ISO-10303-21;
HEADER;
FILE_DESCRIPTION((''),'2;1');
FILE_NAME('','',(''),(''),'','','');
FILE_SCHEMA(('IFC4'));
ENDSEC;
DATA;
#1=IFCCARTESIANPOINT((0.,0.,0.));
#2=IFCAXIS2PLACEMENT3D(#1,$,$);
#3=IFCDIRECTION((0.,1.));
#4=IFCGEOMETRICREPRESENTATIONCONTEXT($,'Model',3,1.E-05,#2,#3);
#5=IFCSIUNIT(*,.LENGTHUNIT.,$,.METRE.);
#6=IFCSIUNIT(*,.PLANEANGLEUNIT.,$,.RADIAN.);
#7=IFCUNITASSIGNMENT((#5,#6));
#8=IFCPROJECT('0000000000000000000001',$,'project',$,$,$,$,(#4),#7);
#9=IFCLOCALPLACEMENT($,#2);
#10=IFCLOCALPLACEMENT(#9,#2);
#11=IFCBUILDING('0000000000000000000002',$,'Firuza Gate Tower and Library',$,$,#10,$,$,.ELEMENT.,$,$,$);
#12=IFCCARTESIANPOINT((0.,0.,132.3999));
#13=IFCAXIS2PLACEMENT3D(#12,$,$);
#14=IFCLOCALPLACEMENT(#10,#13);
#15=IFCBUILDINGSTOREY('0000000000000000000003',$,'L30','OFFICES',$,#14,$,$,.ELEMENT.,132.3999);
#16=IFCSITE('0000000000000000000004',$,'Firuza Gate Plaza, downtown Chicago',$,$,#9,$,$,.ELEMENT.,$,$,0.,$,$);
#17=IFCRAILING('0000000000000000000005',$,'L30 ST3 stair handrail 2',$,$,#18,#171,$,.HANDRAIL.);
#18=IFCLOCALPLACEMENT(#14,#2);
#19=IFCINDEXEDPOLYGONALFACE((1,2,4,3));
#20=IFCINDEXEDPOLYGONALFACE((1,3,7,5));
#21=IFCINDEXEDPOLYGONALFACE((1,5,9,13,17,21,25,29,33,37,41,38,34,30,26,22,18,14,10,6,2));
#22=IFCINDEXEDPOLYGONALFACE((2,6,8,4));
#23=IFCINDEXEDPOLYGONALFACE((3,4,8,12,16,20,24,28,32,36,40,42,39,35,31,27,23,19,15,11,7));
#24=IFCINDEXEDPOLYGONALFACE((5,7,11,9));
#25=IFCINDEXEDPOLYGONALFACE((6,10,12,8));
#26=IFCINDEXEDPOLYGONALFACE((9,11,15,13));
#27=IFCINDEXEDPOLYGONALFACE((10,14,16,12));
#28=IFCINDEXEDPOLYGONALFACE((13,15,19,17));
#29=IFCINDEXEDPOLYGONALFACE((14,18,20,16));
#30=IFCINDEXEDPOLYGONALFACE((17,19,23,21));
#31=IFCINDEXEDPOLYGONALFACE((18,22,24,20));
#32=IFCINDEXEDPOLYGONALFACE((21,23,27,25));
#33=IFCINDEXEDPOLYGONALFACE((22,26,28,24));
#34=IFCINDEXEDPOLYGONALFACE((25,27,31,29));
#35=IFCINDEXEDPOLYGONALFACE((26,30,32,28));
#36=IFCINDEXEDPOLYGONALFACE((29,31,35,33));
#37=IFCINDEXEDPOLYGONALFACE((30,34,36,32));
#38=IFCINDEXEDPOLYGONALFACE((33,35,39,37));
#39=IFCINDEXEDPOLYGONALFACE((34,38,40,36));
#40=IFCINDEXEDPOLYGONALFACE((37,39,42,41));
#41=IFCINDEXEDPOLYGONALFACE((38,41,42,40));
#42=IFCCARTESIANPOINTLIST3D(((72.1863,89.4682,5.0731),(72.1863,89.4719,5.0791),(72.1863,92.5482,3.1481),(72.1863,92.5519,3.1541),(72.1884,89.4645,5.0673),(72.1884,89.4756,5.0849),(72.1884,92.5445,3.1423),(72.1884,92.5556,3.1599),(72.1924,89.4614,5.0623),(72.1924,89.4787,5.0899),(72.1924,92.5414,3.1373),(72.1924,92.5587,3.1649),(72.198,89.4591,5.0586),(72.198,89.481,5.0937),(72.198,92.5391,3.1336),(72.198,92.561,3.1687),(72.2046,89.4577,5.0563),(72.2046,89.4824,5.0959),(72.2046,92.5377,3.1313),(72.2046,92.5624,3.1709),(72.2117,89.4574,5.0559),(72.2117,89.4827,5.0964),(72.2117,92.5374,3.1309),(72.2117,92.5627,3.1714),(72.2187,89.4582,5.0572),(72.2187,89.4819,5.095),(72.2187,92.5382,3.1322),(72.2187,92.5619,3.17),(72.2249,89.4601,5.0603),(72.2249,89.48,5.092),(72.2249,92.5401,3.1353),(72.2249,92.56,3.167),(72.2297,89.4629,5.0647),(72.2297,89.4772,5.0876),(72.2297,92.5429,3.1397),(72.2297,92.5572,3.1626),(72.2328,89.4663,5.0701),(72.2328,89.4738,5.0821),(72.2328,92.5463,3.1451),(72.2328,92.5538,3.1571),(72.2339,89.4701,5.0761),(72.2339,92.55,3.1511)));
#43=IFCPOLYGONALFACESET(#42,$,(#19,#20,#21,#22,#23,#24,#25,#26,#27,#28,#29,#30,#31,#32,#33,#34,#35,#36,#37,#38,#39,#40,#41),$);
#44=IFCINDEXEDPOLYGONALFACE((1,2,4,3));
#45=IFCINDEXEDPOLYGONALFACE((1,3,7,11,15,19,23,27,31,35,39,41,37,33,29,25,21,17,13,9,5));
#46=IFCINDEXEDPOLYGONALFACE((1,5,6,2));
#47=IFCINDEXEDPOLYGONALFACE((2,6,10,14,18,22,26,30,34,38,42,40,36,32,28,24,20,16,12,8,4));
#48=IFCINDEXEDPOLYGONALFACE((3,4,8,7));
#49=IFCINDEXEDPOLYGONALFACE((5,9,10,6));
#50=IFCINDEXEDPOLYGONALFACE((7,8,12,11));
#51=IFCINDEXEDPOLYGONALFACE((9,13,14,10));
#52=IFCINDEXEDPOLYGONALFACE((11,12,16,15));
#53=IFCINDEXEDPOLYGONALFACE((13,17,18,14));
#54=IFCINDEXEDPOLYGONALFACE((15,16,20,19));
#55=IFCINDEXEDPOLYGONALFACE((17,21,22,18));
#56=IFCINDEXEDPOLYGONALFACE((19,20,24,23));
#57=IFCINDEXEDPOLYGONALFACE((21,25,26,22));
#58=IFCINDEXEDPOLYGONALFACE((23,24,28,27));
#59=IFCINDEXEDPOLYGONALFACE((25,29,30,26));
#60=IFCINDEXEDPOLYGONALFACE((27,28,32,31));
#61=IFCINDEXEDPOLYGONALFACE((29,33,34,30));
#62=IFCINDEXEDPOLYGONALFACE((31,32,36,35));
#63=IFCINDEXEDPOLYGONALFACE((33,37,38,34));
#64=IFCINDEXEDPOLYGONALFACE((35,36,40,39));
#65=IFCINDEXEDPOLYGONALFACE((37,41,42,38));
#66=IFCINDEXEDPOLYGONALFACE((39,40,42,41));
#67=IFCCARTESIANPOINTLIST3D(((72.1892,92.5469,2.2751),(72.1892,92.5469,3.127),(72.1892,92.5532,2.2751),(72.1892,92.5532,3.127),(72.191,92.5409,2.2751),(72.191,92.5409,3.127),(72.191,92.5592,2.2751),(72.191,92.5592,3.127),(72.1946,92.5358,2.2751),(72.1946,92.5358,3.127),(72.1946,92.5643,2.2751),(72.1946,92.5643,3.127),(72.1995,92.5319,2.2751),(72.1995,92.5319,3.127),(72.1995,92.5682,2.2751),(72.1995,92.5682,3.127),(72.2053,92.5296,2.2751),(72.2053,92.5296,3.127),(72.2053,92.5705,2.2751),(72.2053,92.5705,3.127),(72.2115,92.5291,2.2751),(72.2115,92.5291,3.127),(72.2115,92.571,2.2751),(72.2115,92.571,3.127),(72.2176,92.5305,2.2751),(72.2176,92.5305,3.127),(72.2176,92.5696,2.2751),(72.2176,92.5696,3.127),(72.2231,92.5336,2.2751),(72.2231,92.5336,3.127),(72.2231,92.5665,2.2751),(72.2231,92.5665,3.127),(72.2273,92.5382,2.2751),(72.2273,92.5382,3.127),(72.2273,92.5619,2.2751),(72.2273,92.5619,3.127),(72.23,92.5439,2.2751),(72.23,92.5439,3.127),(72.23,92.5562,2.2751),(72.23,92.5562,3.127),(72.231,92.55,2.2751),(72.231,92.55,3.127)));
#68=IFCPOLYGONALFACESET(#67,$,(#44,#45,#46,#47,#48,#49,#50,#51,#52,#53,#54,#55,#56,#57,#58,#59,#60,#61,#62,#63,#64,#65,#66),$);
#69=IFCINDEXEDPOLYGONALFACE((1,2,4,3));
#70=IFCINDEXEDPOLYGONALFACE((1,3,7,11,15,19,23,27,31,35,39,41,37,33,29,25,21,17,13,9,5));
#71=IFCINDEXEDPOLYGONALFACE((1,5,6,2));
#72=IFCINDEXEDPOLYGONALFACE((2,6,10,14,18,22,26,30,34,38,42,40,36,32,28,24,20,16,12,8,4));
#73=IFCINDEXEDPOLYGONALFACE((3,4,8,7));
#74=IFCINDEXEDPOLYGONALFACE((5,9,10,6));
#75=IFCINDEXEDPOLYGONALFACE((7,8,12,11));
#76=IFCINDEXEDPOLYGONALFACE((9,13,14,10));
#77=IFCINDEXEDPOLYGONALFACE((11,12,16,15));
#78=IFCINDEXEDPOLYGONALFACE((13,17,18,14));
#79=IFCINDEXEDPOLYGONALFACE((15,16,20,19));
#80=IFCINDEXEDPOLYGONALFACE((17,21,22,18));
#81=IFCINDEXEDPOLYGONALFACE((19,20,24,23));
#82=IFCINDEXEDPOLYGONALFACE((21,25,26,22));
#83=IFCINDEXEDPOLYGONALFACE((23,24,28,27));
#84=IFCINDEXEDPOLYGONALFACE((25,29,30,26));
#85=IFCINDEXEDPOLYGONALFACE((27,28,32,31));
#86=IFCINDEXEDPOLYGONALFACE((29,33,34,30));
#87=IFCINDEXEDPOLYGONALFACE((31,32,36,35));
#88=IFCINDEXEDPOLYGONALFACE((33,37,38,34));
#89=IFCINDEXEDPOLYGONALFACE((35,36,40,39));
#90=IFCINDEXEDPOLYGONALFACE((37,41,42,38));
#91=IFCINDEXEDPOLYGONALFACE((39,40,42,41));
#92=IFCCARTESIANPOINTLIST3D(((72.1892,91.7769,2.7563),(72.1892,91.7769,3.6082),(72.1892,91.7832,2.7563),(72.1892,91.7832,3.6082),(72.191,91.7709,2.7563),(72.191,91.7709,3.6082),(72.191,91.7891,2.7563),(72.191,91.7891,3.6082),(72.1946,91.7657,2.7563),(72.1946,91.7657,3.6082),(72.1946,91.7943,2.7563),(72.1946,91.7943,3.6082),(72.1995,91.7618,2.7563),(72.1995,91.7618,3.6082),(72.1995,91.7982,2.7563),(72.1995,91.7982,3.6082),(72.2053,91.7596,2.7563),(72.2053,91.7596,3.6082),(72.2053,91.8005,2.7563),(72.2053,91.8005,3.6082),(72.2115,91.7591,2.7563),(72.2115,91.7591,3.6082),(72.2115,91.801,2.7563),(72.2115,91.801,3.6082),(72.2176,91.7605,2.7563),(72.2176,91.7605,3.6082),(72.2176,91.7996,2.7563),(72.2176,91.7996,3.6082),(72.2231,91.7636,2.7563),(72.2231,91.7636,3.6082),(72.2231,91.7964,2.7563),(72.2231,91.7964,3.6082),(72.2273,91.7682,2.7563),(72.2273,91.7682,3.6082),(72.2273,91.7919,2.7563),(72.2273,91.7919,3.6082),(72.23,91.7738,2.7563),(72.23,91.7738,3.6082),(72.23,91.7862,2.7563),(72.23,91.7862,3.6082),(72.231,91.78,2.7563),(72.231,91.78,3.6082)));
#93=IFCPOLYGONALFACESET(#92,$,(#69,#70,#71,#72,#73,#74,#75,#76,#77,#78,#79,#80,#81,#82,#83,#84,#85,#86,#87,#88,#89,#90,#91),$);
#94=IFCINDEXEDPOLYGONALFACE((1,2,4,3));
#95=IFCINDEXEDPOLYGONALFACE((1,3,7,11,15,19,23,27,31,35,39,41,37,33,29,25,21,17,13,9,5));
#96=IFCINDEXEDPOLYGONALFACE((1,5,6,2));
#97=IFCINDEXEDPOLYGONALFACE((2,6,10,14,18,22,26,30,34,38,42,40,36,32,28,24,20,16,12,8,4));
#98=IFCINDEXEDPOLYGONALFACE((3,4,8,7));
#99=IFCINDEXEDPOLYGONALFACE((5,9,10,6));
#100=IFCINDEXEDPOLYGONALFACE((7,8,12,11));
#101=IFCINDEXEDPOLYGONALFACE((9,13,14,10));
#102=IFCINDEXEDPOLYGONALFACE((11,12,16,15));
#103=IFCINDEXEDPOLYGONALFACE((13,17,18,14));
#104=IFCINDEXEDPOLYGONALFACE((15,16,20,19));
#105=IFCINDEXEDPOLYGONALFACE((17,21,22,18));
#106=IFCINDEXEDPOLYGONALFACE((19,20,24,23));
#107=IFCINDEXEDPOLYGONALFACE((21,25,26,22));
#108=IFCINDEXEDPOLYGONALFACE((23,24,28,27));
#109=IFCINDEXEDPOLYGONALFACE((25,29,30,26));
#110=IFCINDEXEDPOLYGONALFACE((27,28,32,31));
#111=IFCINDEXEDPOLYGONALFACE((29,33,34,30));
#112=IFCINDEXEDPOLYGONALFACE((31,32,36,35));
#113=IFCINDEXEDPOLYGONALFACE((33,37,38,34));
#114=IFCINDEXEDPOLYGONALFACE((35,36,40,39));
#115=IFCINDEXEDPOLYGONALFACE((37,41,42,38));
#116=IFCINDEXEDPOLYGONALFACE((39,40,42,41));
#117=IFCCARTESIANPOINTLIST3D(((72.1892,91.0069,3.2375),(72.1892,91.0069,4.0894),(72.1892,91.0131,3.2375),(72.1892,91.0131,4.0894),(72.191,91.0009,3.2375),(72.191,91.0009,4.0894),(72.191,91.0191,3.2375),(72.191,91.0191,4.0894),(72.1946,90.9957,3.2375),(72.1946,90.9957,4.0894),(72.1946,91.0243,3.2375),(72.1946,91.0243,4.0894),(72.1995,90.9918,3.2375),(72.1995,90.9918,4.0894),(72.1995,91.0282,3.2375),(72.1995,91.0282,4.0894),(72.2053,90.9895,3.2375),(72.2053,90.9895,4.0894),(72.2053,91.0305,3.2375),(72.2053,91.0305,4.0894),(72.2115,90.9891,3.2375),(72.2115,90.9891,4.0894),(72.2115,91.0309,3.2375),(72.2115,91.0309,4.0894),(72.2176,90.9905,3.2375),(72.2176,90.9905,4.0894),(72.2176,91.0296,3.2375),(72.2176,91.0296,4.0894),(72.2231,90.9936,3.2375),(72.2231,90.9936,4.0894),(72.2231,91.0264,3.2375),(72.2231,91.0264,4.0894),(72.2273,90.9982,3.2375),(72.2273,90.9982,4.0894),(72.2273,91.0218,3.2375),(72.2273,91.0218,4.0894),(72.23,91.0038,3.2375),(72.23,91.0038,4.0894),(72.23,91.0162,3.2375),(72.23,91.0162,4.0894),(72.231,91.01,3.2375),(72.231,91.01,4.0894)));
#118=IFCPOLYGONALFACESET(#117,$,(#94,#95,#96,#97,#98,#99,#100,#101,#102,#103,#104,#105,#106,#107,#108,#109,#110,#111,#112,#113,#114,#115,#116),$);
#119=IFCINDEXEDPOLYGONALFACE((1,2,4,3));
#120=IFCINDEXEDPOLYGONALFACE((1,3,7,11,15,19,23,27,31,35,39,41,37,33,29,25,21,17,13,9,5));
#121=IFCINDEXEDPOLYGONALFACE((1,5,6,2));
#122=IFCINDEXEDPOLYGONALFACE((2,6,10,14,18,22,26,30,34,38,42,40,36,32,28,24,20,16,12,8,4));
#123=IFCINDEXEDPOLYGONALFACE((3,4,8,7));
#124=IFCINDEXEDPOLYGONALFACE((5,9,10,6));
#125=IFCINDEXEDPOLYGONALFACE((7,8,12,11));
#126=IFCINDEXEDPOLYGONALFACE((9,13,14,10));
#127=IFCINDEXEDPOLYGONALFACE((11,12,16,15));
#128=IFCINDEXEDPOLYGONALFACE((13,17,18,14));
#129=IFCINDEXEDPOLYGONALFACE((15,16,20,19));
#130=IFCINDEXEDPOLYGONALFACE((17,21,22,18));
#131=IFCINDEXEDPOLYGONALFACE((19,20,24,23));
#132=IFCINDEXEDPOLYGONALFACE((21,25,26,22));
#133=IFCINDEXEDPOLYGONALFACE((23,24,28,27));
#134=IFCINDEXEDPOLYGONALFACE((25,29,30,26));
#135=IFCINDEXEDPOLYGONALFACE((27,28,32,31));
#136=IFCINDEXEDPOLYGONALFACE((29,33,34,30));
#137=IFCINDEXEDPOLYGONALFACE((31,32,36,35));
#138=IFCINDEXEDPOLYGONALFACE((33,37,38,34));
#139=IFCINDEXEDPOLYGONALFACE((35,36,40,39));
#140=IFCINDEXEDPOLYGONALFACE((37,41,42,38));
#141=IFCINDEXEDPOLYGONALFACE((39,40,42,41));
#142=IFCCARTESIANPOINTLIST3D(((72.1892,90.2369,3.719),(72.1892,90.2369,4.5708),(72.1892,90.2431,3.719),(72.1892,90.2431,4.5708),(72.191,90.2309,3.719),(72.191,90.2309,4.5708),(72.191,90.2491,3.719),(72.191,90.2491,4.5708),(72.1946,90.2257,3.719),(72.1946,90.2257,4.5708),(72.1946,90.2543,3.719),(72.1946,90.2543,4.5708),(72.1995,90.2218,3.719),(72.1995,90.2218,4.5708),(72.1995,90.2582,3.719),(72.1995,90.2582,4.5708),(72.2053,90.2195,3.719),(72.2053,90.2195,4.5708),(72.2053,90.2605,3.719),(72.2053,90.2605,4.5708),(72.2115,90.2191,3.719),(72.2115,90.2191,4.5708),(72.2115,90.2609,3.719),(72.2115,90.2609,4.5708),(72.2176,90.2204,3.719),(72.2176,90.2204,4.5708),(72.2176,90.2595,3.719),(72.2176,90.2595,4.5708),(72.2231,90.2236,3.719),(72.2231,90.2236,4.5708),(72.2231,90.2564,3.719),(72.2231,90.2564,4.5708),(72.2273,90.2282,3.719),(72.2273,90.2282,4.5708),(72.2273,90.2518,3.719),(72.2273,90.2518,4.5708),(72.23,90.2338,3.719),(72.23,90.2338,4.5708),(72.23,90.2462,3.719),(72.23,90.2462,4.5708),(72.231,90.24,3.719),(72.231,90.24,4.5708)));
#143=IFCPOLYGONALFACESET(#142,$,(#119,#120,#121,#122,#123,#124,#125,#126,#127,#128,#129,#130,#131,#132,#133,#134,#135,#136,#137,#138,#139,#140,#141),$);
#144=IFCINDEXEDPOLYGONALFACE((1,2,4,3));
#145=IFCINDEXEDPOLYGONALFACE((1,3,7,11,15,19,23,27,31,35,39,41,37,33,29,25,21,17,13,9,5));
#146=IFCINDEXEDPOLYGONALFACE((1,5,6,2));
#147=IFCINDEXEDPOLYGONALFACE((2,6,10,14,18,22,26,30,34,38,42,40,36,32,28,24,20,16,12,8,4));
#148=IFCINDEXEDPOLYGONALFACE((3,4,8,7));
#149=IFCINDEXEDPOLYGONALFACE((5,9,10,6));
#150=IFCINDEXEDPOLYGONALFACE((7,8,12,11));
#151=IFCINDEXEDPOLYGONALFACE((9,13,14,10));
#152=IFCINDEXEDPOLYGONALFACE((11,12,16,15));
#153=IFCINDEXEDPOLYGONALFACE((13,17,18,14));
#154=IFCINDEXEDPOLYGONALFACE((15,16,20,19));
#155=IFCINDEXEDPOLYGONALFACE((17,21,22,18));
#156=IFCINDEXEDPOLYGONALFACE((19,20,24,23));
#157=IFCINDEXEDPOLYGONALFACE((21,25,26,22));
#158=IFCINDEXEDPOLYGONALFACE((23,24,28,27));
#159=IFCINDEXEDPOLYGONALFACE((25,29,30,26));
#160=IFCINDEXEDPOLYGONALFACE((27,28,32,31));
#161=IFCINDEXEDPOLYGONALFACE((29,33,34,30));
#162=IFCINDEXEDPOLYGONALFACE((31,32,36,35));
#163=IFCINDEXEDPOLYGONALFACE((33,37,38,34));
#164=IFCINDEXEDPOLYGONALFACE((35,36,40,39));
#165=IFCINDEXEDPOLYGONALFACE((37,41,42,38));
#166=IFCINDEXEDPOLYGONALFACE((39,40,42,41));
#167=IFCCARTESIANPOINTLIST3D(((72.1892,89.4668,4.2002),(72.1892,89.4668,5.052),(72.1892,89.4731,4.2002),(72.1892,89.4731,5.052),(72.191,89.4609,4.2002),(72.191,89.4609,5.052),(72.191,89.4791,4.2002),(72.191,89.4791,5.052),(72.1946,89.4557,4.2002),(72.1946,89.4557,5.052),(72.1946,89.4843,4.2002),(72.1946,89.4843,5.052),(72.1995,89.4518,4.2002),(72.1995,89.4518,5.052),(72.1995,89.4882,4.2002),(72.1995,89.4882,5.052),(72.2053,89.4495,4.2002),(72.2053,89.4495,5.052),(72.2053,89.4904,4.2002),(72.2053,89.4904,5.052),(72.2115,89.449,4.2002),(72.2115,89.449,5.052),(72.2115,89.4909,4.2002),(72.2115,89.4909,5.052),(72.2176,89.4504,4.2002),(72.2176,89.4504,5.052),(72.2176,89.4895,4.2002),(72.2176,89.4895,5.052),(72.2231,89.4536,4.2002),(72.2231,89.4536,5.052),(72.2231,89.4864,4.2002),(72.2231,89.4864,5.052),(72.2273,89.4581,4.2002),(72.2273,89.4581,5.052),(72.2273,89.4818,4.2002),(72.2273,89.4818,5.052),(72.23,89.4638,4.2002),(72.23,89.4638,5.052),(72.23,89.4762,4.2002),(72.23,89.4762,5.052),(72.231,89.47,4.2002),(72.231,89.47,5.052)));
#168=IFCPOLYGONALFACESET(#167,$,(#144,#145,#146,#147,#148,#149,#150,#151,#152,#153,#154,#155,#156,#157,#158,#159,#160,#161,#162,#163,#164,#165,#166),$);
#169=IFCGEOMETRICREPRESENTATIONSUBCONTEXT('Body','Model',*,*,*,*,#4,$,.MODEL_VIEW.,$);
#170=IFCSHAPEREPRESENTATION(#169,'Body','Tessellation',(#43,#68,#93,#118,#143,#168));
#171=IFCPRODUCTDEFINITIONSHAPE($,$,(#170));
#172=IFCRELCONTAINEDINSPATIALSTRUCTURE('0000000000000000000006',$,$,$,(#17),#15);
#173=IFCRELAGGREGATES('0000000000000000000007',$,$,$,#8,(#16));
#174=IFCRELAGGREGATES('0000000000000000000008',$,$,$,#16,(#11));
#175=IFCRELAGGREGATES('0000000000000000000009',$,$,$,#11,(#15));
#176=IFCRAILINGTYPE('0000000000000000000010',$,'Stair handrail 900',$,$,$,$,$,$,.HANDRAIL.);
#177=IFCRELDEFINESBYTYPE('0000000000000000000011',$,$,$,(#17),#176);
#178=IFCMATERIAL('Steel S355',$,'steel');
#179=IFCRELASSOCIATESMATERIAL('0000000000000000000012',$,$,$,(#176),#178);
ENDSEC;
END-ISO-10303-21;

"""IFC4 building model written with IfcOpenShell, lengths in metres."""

from ifc_helpers import new_model, si_unit, direction, frame, origin, origin_2d, place, context, subcontext, project, spatial, circle, extrude, material, type_object, element, save


model = new_model("IFC4")

# Units and contexts
model_context = context("Model", 3, precision=1e-05, world=origin(), true_north=direction((0.0, 1.0)))
body_context = subcontext(model_context, "Body", "Model", "MODEL_VIEW")
ifc_project = project(units=[si_unit("LENGTHUNIT", "METRE"), si_unit("PLANEANGLEUNIT", "RADIAN")], contexts=[model_context])

# Site, building, storey
site_placement = place(None, origin())
site = spatial("IfcSite", under=ifc_project, at=site_placement, Name="Firuza Gate Plaza, downtown Chicago", CompositionType="ELEMENT", RefElevation=0.0)
building_placement = place(site_placement, origin())
building = spatial("IfcBuilding", under=site, at=building_placement, Name="Firuza Gate Tower and Library", CompositionType="ELEMENT")
storey_placement = place(building_placement, frame((0.0, 0.0, 132.3999)))
storey = spatial("IfcBuildingStorey", under=building, at=storey_placement, Name="L30", Description="OFFICES", CompositionType="ELEMENT", Elevation=132.3999)

# Railing
ifc_material_1 = material(Name="Steel S355", Category="steel")
railing_type_1 = type_object("IfcRailingType", Name="Stair handrail 900", PredefinedType="HANDRAIL", material=ifc_material_1)
railing_1_placement = place(storey_placement, frame((72.21, 92.55, 2.2751)))
element("IfcRailing", 1, at=railing_1_placement, inside=storey, type_object=railing_type_1, Name="L30 ST3 stair handrail 2", PredefinedType="HANDRAIL", context=body_context, shape_type="SweptSolid", body=[
    extrude(circle(Radius=0.0239, at=origin_2d()), frame((0.0, 0.0, 0.876), z_axis=(0.0, -0.847998, 0.529999), x_axis=(1.0, 0.0, 0.0)), (0.0, 0.0, 1.0), 3.6321),
    extrude(circle(Radius=0.021, at=origin_2d()), origin(), (0.0, 0.0, 1.0), 0.8518),
    extrude(circle(Radius=0.021, at=origin_2d()), frame((0.0, -0.77, 0.4812)), (0.0, 0.0, 1.0), 0.8518),
    extrude(circle(Radius=0.021, at=origin_2d()), frame((0.0, -1.54, 0.9624)), (0.0, 0.0, 1.0), 0.8518),
    extrude(circle(Radius=0.021, at=origin_2d()), frame((0.0, -2.3101, 1.4438)), (0.0, 0.0, 1.0), 0.8518),
    extrude(circle(Radius=0.021, at=origin_2d()), frame((0.0, -3.0801, 1.925)), (0.0, 0.0, 1.0), 0.8518),
])

save(model, "model.ifc")
